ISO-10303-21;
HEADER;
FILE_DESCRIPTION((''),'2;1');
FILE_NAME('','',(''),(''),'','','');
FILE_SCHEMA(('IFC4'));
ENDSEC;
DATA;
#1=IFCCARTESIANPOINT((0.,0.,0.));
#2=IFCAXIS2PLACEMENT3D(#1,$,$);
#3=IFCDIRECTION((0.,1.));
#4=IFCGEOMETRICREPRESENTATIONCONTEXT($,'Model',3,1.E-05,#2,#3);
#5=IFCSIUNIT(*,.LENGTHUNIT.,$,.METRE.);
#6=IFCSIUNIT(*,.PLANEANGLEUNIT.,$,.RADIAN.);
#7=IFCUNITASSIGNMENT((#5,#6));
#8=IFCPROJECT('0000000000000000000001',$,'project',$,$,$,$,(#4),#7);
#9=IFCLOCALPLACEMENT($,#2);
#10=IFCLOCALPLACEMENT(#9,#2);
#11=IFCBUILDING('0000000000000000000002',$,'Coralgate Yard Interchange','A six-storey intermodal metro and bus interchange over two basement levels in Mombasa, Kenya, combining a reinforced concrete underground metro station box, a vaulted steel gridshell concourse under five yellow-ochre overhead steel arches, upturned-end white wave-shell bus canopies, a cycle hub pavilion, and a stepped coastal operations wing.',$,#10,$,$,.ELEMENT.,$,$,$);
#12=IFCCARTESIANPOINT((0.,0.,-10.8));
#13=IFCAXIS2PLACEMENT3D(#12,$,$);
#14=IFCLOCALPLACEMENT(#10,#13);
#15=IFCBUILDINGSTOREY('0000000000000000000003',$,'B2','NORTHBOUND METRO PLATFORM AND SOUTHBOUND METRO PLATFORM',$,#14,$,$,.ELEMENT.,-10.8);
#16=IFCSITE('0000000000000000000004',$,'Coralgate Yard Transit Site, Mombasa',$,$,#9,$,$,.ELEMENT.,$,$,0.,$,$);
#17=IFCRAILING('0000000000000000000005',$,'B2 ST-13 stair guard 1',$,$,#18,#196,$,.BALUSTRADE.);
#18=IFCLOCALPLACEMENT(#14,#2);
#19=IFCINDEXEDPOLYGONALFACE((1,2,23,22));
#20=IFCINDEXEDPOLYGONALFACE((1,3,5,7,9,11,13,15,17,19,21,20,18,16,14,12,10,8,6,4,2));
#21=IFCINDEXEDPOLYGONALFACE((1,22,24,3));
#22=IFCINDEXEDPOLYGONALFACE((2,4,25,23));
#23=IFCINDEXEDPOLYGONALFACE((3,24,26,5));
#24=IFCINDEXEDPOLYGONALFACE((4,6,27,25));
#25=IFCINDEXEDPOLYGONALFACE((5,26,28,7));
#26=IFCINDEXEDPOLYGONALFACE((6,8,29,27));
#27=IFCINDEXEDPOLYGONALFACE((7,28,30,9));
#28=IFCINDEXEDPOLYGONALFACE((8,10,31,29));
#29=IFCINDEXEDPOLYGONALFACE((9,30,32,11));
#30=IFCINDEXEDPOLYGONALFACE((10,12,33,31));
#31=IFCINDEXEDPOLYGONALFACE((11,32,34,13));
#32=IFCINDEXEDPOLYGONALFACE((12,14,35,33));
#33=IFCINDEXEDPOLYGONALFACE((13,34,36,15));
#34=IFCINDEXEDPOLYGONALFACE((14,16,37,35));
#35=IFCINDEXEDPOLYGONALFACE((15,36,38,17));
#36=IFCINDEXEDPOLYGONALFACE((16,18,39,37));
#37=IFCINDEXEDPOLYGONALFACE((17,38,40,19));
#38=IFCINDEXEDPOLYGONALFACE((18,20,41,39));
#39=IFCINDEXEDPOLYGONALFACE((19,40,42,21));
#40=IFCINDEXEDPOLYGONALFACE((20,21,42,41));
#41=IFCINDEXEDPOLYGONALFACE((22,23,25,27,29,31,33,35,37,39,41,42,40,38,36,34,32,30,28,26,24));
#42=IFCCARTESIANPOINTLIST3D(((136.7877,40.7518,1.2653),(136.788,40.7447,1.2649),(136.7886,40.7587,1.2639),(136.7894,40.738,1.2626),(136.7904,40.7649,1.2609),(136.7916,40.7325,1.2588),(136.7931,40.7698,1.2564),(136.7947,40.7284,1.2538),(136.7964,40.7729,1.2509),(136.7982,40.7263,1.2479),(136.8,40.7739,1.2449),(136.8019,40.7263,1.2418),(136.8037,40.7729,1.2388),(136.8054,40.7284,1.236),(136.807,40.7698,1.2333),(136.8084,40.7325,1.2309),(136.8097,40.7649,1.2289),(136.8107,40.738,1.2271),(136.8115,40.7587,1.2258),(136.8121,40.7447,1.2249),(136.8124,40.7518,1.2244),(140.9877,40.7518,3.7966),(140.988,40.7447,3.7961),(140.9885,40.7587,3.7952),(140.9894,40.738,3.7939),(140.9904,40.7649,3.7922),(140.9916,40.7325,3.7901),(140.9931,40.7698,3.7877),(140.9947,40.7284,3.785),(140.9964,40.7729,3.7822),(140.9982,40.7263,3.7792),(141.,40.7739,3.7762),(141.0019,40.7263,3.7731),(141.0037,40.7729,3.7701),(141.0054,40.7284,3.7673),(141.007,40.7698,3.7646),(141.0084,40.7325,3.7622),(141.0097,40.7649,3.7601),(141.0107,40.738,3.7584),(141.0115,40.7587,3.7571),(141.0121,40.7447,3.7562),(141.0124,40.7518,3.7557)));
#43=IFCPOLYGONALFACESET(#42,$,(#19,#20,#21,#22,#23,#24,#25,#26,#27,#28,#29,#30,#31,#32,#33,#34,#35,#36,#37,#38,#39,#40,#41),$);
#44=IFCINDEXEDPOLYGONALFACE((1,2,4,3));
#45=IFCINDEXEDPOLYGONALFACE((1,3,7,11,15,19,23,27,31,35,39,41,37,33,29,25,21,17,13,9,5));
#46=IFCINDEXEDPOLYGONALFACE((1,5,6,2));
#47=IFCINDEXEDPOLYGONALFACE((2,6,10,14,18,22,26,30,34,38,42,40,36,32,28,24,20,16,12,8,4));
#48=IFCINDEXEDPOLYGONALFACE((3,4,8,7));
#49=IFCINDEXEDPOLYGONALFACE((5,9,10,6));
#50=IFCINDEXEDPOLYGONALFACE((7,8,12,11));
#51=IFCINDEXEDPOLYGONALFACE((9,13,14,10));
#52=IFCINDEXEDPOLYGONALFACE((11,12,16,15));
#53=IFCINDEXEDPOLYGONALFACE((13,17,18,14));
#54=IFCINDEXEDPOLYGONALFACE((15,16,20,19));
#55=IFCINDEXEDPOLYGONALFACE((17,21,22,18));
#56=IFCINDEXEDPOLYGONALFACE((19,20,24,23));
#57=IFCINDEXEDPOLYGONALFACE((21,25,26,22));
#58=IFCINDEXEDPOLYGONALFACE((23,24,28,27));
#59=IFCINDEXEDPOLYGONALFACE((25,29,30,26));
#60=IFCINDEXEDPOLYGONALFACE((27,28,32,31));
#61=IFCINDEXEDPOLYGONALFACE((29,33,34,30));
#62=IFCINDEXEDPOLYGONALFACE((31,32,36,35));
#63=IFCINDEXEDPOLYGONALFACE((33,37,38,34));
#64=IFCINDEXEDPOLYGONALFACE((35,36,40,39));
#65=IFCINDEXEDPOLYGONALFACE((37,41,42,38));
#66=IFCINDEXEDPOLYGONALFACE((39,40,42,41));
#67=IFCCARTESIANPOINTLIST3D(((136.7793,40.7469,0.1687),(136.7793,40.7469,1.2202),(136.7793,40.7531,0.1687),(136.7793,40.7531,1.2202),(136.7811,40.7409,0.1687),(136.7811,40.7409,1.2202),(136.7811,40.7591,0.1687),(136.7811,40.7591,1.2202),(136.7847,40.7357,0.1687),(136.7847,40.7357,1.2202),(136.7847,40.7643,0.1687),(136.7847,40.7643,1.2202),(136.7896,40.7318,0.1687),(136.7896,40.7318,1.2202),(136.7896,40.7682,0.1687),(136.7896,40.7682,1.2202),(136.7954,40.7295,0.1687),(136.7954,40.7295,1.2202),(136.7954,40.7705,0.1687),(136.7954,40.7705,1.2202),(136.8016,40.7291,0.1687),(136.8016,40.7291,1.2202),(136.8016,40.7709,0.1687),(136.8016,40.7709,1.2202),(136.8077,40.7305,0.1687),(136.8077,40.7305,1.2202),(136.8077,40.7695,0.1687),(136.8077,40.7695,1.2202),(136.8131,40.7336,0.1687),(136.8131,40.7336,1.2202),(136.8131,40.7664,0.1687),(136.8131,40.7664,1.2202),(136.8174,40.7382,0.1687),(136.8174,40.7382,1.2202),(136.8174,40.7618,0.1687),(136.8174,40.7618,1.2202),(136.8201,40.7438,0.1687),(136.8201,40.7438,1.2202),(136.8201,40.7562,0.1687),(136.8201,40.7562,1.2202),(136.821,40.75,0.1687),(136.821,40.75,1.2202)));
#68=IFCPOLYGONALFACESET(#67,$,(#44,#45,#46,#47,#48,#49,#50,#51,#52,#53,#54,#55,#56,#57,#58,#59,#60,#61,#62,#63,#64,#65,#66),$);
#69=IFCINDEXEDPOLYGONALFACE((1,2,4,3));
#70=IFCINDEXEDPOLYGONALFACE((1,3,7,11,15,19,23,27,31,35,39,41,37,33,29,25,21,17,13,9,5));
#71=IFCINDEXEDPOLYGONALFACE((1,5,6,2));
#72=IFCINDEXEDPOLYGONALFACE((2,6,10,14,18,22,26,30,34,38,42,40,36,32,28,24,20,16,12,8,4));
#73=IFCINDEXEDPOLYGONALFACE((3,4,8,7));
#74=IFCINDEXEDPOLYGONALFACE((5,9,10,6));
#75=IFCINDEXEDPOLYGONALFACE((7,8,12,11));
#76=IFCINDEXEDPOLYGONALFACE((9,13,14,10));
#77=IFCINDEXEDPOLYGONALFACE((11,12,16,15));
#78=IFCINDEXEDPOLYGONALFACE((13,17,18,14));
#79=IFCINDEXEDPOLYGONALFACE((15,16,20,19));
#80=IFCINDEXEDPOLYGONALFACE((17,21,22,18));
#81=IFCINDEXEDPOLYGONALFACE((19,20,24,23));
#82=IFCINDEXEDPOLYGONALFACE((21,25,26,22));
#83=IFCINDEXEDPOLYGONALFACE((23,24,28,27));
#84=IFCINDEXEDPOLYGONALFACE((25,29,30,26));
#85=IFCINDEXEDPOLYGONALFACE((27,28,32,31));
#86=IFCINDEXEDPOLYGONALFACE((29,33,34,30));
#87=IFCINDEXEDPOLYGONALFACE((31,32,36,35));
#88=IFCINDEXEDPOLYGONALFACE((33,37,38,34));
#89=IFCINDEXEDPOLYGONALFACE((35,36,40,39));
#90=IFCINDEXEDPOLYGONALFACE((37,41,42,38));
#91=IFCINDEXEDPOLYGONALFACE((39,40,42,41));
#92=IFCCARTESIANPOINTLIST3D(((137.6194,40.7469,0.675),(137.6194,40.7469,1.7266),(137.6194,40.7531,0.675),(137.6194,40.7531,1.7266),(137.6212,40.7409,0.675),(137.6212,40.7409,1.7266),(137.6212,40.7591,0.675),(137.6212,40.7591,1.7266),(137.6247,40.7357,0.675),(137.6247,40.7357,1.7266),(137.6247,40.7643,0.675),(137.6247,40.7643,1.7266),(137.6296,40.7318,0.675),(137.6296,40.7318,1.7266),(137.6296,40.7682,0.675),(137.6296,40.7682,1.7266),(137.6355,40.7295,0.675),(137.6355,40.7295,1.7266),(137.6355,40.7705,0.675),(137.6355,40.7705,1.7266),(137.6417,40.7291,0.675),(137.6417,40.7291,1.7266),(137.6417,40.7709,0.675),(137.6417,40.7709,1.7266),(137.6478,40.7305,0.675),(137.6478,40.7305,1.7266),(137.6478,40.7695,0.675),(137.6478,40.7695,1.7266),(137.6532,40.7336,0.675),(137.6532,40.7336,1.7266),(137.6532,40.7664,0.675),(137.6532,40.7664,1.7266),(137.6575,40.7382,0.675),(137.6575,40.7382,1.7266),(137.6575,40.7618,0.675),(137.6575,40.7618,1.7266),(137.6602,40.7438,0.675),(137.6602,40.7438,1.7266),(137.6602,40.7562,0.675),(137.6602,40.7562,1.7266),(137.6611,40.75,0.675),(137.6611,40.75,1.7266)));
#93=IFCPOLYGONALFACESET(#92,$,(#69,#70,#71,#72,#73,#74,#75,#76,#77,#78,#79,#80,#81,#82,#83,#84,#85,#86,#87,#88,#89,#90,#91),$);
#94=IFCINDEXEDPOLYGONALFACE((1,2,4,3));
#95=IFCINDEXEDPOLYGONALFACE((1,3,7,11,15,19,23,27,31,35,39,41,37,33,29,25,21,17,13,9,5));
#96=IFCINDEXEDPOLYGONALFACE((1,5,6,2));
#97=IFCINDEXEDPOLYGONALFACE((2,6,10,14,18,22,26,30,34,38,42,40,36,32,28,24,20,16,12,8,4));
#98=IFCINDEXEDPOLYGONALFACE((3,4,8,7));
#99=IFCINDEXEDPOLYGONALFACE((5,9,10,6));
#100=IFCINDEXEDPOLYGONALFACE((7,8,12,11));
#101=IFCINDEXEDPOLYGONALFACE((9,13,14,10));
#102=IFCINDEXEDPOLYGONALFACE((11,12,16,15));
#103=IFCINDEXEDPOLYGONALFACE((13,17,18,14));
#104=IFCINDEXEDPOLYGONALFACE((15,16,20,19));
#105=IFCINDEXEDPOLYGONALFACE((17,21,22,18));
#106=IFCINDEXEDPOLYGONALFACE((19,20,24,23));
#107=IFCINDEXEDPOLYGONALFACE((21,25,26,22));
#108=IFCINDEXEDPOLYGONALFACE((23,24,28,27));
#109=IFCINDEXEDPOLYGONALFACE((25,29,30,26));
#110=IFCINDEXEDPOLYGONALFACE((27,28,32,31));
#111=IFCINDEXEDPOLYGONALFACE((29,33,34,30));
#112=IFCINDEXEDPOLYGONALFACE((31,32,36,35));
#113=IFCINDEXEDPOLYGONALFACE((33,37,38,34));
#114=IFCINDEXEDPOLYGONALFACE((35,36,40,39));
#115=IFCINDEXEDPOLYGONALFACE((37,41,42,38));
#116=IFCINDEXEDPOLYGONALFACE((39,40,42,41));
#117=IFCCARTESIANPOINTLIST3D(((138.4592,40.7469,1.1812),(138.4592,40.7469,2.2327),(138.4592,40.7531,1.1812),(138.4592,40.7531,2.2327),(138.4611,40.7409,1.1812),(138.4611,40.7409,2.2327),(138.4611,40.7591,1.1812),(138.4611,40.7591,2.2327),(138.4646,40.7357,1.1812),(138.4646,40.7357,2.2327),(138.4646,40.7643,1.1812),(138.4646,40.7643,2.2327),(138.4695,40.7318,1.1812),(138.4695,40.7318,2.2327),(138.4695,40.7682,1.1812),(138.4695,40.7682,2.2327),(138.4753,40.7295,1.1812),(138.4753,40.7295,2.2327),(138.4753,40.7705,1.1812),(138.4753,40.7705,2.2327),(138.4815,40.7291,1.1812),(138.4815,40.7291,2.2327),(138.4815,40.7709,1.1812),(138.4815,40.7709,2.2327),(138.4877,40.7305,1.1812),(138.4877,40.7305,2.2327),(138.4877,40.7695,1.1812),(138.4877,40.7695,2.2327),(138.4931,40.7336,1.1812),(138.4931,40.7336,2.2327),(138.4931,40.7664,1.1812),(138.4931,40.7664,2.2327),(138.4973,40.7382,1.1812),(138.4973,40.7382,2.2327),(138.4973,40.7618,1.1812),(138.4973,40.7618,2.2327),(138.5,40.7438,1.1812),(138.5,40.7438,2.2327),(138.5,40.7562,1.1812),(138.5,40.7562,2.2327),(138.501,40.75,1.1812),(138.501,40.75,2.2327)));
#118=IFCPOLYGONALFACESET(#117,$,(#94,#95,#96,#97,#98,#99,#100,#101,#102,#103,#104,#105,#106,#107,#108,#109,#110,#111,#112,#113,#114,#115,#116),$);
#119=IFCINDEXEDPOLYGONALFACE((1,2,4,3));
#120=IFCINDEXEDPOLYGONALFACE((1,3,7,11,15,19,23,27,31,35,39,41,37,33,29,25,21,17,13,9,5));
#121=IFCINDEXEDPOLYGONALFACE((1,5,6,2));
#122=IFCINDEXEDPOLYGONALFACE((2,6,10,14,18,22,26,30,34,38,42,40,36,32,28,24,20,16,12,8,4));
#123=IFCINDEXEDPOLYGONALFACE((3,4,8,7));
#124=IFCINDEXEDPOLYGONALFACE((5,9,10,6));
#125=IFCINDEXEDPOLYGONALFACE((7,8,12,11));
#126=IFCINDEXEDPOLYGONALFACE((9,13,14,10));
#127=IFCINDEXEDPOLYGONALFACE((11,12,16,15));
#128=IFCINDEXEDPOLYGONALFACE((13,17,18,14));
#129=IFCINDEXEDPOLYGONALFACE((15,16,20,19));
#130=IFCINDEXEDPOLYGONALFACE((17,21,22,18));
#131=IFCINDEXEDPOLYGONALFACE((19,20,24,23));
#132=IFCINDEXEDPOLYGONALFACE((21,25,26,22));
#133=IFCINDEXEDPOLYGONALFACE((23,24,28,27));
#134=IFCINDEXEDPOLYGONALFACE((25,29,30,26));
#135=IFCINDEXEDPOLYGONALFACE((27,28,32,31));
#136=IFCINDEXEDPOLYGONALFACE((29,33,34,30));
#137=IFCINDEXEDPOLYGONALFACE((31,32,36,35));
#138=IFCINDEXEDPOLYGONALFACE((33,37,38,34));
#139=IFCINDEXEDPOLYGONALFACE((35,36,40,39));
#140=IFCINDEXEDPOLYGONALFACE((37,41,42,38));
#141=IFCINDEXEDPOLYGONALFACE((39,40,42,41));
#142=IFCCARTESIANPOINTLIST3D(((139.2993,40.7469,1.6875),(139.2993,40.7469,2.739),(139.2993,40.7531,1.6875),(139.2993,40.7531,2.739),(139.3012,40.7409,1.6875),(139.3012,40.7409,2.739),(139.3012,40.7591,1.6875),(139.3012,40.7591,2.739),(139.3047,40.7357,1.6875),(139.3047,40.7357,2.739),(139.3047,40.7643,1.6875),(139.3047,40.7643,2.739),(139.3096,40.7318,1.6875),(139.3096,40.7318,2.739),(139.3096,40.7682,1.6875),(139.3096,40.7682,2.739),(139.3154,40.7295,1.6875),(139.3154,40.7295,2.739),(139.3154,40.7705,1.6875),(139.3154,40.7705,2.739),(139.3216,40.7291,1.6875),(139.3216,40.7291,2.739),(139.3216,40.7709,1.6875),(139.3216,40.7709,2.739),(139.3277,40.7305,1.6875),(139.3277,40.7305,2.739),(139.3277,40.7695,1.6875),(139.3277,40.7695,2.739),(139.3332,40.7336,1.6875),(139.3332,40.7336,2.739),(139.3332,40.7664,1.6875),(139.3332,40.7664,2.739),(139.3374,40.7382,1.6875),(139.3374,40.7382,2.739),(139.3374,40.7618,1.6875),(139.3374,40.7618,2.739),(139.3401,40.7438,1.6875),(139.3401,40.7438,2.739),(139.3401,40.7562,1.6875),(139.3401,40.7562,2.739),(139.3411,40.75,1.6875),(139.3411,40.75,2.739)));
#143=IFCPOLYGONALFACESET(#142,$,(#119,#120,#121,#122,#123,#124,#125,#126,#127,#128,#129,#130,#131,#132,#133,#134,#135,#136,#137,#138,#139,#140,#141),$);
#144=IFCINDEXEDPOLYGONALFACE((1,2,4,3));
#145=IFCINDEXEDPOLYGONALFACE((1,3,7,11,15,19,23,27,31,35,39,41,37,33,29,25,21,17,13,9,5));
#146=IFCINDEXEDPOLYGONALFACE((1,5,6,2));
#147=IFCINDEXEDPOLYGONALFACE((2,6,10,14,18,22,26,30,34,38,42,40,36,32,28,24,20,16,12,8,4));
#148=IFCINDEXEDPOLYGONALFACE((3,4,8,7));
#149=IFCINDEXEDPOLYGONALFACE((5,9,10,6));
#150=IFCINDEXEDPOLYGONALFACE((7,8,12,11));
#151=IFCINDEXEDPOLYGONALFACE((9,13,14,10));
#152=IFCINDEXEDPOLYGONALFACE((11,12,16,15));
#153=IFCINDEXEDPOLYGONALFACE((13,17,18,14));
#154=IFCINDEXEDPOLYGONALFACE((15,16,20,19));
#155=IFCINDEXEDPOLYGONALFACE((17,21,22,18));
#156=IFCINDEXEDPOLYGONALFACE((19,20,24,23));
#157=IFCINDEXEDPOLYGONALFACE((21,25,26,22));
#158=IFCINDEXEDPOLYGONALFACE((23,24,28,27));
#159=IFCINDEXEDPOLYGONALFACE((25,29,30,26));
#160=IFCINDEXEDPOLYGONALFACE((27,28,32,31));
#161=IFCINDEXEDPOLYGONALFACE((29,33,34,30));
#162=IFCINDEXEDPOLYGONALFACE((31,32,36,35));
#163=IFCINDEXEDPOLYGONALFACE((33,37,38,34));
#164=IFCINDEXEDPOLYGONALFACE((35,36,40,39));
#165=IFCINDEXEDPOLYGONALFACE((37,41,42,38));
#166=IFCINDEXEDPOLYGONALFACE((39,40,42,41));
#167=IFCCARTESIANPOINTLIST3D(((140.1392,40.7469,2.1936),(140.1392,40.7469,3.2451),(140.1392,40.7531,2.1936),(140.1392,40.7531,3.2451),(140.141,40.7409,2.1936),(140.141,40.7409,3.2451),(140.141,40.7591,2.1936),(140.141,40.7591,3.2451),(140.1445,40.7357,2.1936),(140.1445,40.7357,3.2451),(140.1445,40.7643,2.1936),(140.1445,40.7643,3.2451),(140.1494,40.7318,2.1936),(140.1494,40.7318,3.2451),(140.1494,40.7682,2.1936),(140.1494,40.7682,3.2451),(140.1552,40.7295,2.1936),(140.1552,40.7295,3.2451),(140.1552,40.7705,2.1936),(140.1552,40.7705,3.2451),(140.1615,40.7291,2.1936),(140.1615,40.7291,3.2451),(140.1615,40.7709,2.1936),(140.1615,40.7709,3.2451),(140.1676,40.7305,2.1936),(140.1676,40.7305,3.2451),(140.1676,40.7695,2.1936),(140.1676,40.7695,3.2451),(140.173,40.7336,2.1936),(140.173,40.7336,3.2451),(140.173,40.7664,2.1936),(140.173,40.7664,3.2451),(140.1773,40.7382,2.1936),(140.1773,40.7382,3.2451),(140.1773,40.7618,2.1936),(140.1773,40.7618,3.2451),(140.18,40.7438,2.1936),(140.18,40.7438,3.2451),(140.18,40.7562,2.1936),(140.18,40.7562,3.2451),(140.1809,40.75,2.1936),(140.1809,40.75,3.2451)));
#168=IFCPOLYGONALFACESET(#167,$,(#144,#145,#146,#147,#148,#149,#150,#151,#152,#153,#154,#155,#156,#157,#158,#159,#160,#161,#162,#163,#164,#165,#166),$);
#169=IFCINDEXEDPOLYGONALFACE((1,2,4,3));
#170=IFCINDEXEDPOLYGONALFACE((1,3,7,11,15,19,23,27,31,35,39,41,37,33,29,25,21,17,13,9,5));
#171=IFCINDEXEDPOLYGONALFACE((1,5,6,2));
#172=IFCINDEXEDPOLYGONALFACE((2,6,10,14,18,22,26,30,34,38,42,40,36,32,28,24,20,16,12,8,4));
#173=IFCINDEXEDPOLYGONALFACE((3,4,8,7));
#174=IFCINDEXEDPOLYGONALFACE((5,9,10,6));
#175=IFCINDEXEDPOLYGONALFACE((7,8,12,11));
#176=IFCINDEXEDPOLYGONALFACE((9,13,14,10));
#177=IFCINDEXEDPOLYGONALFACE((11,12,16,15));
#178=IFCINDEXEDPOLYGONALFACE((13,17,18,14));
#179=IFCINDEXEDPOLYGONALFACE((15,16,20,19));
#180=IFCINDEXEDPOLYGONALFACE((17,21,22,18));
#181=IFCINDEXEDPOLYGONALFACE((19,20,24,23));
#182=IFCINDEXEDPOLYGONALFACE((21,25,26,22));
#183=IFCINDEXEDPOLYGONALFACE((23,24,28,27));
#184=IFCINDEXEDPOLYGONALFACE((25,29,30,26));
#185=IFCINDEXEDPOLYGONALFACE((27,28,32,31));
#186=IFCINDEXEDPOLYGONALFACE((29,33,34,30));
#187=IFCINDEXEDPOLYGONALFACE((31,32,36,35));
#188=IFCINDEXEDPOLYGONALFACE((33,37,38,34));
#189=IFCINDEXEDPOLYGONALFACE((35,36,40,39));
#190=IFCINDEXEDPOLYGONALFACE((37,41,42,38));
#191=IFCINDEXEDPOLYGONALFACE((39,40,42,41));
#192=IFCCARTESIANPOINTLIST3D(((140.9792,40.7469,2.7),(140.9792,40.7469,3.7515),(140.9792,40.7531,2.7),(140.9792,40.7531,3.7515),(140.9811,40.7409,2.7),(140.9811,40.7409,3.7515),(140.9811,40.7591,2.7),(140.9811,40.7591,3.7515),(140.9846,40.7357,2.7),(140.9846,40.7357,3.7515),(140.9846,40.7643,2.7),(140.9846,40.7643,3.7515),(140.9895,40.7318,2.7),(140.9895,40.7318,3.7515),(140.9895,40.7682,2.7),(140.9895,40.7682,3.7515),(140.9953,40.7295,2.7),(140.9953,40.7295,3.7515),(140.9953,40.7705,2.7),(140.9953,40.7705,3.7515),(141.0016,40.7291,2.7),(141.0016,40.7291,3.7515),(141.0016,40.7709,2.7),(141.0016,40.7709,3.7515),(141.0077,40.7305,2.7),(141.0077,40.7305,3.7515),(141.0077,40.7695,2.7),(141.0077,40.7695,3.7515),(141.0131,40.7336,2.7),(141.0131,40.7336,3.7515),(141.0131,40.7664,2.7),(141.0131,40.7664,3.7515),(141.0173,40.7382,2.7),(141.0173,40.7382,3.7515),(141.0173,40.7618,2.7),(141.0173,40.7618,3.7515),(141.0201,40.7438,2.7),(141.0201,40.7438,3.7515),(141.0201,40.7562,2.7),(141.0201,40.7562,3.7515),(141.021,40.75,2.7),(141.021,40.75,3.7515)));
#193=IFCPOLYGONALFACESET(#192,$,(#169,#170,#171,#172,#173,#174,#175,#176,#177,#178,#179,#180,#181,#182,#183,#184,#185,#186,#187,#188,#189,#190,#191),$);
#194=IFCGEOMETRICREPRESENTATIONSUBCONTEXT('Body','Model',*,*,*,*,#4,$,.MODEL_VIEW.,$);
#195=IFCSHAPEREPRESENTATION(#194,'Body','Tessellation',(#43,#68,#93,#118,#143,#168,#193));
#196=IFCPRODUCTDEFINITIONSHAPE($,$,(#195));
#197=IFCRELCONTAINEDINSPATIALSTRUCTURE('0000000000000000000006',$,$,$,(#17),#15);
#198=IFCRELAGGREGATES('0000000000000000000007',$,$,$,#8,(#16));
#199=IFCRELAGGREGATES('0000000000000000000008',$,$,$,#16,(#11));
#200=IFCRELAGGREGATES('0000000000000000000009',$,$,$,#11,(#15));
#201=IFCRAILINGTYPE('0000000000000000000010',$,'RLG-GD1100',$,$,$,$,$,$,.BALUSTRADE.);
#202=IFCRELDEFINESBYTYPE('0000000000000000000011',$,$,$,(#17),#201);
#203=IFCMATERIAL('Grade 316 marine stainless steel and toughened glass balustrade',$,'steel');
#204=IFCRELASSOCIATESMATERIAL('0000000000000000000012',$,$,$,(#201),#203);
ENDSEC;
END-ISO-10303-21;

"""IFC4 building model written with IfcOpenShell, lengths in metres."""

from ifc_helpers import new_model, si_unit, direction, frame, origin, origin_2d, place, context, subcontext, project, spatial, circle, extrude, material, type_object, element, save


model = new_model("IFC4")

# Units and contexts
model_context = context("Model", 3, precision=1e-05, world=origin(), true_north=direction((0.0, 1.0)))
body_context = subcontext(model_context, "Body", "Model", "MODEL_VIEW")
ifc_project = project(units=[si_unit("LENGTHUNIT", "METRE"), si_unit("PLANEANGLEUNIT", "RADIAN")], contexts=[model_context])

# Site, building, storey
site_placement = place(None, origin())
site = spatial("IfcSite", under=ifc_project, at=site_placement, Name="Coralgate Yard Transit Site, Mombasa", CompositionType="ELEMENT", RefElevation=0.0)
building_placement = place(site_placement, origin())
building = spatial("IfcBuilding", under=site, at=building_placement, Name="Coralgate Yard Interchange", Description="A six-storey intermodal metro and bus interchange over two basement levels in Mombasa, Kenya, combining a reinforced concrete underground metro station box, a vaulted steel gridshell concourse under five yellow-ochre overhead steel arches, upturned-end white wave-shell bus canopies, a cycle hub pavilion, and a stepped coastal operations wing.", CompositionType="ELEMENT")
storey_placement = place(building_placement, frame((0.0, 0.0, -10.8)))
storey = spatial("IfcBuildingStorey", under=building, at=storey_placement, Name="B2", Description="NORTHBOUND METRO PLATFORM AND SOUTHBOUND METRO PLATFORM", CompositionType="ELEMENT", Elevation=-10.8)

# Railing
ifc_material_1 = material(Name="Grade 316 marine stainless steel and toughened glass balustrade", Category="steel")
railing_type_1 = type_object("IfcRailingType", Name="RLG-GD1100", PredefinedType="BALUSTRADE", material=ifc_material_1)
railing_1_placement = place(storey_placement, frame((136.8, 40.75, 0.1687)))
element("IfcRailing", 1, at=railing_1_placement, inside=storey, type_object=railing_type_1, Name="B2 ST-13 stair guard 1", PredefinedType="BALUSTRADE", context=body_context, shape_type="SweptSolid", body=[
    extrude(circle(Radius=0.0239, at=origin_2d()), frame((0.0, 0.0, 1.0762), z_axis=(0.856476, 0.0, 0.516186), x_axis=(0.0, 1.0, 0.0)), (0.0, 0.0, 1.0), 4.9038),
    extrude(circle(Radius=0.021, at=origin_2d()), origin(), (0.0, 0.0, 1.0), 1.0515),
    extrude(circle(Radius=0.021, at=origin_2d()), frame((0.8401, 0.0, 0.5063)), (0.0, 0.0, 1.0), 1.0515),
    extrude(circle(Radius=0.021, at=origin_2d()), frame((1.6799, 0.0, 1.0125)), (0.0, 0.0, 1.0), 1.0515),
    extrude(circle(Radius=0.021, at=origin_2d()), frame((2.52, 0.0, 1.5188)), (0.0, 0.0, 1.0), 1.0515),
    extrude(circle(Radius=0.021, at=origin_2d()), frame((3.3599, 0.0, 2.0249)), (0.0, 0.0, 1.0), 1.0515),
    extrude(circle(Radius=0.021, at=origin_2d()), frame((4.2, 0.0, 2.5312)), (0.0, 0.0, 1.0), 1.0515),
])

save(model, "model.ifc")
